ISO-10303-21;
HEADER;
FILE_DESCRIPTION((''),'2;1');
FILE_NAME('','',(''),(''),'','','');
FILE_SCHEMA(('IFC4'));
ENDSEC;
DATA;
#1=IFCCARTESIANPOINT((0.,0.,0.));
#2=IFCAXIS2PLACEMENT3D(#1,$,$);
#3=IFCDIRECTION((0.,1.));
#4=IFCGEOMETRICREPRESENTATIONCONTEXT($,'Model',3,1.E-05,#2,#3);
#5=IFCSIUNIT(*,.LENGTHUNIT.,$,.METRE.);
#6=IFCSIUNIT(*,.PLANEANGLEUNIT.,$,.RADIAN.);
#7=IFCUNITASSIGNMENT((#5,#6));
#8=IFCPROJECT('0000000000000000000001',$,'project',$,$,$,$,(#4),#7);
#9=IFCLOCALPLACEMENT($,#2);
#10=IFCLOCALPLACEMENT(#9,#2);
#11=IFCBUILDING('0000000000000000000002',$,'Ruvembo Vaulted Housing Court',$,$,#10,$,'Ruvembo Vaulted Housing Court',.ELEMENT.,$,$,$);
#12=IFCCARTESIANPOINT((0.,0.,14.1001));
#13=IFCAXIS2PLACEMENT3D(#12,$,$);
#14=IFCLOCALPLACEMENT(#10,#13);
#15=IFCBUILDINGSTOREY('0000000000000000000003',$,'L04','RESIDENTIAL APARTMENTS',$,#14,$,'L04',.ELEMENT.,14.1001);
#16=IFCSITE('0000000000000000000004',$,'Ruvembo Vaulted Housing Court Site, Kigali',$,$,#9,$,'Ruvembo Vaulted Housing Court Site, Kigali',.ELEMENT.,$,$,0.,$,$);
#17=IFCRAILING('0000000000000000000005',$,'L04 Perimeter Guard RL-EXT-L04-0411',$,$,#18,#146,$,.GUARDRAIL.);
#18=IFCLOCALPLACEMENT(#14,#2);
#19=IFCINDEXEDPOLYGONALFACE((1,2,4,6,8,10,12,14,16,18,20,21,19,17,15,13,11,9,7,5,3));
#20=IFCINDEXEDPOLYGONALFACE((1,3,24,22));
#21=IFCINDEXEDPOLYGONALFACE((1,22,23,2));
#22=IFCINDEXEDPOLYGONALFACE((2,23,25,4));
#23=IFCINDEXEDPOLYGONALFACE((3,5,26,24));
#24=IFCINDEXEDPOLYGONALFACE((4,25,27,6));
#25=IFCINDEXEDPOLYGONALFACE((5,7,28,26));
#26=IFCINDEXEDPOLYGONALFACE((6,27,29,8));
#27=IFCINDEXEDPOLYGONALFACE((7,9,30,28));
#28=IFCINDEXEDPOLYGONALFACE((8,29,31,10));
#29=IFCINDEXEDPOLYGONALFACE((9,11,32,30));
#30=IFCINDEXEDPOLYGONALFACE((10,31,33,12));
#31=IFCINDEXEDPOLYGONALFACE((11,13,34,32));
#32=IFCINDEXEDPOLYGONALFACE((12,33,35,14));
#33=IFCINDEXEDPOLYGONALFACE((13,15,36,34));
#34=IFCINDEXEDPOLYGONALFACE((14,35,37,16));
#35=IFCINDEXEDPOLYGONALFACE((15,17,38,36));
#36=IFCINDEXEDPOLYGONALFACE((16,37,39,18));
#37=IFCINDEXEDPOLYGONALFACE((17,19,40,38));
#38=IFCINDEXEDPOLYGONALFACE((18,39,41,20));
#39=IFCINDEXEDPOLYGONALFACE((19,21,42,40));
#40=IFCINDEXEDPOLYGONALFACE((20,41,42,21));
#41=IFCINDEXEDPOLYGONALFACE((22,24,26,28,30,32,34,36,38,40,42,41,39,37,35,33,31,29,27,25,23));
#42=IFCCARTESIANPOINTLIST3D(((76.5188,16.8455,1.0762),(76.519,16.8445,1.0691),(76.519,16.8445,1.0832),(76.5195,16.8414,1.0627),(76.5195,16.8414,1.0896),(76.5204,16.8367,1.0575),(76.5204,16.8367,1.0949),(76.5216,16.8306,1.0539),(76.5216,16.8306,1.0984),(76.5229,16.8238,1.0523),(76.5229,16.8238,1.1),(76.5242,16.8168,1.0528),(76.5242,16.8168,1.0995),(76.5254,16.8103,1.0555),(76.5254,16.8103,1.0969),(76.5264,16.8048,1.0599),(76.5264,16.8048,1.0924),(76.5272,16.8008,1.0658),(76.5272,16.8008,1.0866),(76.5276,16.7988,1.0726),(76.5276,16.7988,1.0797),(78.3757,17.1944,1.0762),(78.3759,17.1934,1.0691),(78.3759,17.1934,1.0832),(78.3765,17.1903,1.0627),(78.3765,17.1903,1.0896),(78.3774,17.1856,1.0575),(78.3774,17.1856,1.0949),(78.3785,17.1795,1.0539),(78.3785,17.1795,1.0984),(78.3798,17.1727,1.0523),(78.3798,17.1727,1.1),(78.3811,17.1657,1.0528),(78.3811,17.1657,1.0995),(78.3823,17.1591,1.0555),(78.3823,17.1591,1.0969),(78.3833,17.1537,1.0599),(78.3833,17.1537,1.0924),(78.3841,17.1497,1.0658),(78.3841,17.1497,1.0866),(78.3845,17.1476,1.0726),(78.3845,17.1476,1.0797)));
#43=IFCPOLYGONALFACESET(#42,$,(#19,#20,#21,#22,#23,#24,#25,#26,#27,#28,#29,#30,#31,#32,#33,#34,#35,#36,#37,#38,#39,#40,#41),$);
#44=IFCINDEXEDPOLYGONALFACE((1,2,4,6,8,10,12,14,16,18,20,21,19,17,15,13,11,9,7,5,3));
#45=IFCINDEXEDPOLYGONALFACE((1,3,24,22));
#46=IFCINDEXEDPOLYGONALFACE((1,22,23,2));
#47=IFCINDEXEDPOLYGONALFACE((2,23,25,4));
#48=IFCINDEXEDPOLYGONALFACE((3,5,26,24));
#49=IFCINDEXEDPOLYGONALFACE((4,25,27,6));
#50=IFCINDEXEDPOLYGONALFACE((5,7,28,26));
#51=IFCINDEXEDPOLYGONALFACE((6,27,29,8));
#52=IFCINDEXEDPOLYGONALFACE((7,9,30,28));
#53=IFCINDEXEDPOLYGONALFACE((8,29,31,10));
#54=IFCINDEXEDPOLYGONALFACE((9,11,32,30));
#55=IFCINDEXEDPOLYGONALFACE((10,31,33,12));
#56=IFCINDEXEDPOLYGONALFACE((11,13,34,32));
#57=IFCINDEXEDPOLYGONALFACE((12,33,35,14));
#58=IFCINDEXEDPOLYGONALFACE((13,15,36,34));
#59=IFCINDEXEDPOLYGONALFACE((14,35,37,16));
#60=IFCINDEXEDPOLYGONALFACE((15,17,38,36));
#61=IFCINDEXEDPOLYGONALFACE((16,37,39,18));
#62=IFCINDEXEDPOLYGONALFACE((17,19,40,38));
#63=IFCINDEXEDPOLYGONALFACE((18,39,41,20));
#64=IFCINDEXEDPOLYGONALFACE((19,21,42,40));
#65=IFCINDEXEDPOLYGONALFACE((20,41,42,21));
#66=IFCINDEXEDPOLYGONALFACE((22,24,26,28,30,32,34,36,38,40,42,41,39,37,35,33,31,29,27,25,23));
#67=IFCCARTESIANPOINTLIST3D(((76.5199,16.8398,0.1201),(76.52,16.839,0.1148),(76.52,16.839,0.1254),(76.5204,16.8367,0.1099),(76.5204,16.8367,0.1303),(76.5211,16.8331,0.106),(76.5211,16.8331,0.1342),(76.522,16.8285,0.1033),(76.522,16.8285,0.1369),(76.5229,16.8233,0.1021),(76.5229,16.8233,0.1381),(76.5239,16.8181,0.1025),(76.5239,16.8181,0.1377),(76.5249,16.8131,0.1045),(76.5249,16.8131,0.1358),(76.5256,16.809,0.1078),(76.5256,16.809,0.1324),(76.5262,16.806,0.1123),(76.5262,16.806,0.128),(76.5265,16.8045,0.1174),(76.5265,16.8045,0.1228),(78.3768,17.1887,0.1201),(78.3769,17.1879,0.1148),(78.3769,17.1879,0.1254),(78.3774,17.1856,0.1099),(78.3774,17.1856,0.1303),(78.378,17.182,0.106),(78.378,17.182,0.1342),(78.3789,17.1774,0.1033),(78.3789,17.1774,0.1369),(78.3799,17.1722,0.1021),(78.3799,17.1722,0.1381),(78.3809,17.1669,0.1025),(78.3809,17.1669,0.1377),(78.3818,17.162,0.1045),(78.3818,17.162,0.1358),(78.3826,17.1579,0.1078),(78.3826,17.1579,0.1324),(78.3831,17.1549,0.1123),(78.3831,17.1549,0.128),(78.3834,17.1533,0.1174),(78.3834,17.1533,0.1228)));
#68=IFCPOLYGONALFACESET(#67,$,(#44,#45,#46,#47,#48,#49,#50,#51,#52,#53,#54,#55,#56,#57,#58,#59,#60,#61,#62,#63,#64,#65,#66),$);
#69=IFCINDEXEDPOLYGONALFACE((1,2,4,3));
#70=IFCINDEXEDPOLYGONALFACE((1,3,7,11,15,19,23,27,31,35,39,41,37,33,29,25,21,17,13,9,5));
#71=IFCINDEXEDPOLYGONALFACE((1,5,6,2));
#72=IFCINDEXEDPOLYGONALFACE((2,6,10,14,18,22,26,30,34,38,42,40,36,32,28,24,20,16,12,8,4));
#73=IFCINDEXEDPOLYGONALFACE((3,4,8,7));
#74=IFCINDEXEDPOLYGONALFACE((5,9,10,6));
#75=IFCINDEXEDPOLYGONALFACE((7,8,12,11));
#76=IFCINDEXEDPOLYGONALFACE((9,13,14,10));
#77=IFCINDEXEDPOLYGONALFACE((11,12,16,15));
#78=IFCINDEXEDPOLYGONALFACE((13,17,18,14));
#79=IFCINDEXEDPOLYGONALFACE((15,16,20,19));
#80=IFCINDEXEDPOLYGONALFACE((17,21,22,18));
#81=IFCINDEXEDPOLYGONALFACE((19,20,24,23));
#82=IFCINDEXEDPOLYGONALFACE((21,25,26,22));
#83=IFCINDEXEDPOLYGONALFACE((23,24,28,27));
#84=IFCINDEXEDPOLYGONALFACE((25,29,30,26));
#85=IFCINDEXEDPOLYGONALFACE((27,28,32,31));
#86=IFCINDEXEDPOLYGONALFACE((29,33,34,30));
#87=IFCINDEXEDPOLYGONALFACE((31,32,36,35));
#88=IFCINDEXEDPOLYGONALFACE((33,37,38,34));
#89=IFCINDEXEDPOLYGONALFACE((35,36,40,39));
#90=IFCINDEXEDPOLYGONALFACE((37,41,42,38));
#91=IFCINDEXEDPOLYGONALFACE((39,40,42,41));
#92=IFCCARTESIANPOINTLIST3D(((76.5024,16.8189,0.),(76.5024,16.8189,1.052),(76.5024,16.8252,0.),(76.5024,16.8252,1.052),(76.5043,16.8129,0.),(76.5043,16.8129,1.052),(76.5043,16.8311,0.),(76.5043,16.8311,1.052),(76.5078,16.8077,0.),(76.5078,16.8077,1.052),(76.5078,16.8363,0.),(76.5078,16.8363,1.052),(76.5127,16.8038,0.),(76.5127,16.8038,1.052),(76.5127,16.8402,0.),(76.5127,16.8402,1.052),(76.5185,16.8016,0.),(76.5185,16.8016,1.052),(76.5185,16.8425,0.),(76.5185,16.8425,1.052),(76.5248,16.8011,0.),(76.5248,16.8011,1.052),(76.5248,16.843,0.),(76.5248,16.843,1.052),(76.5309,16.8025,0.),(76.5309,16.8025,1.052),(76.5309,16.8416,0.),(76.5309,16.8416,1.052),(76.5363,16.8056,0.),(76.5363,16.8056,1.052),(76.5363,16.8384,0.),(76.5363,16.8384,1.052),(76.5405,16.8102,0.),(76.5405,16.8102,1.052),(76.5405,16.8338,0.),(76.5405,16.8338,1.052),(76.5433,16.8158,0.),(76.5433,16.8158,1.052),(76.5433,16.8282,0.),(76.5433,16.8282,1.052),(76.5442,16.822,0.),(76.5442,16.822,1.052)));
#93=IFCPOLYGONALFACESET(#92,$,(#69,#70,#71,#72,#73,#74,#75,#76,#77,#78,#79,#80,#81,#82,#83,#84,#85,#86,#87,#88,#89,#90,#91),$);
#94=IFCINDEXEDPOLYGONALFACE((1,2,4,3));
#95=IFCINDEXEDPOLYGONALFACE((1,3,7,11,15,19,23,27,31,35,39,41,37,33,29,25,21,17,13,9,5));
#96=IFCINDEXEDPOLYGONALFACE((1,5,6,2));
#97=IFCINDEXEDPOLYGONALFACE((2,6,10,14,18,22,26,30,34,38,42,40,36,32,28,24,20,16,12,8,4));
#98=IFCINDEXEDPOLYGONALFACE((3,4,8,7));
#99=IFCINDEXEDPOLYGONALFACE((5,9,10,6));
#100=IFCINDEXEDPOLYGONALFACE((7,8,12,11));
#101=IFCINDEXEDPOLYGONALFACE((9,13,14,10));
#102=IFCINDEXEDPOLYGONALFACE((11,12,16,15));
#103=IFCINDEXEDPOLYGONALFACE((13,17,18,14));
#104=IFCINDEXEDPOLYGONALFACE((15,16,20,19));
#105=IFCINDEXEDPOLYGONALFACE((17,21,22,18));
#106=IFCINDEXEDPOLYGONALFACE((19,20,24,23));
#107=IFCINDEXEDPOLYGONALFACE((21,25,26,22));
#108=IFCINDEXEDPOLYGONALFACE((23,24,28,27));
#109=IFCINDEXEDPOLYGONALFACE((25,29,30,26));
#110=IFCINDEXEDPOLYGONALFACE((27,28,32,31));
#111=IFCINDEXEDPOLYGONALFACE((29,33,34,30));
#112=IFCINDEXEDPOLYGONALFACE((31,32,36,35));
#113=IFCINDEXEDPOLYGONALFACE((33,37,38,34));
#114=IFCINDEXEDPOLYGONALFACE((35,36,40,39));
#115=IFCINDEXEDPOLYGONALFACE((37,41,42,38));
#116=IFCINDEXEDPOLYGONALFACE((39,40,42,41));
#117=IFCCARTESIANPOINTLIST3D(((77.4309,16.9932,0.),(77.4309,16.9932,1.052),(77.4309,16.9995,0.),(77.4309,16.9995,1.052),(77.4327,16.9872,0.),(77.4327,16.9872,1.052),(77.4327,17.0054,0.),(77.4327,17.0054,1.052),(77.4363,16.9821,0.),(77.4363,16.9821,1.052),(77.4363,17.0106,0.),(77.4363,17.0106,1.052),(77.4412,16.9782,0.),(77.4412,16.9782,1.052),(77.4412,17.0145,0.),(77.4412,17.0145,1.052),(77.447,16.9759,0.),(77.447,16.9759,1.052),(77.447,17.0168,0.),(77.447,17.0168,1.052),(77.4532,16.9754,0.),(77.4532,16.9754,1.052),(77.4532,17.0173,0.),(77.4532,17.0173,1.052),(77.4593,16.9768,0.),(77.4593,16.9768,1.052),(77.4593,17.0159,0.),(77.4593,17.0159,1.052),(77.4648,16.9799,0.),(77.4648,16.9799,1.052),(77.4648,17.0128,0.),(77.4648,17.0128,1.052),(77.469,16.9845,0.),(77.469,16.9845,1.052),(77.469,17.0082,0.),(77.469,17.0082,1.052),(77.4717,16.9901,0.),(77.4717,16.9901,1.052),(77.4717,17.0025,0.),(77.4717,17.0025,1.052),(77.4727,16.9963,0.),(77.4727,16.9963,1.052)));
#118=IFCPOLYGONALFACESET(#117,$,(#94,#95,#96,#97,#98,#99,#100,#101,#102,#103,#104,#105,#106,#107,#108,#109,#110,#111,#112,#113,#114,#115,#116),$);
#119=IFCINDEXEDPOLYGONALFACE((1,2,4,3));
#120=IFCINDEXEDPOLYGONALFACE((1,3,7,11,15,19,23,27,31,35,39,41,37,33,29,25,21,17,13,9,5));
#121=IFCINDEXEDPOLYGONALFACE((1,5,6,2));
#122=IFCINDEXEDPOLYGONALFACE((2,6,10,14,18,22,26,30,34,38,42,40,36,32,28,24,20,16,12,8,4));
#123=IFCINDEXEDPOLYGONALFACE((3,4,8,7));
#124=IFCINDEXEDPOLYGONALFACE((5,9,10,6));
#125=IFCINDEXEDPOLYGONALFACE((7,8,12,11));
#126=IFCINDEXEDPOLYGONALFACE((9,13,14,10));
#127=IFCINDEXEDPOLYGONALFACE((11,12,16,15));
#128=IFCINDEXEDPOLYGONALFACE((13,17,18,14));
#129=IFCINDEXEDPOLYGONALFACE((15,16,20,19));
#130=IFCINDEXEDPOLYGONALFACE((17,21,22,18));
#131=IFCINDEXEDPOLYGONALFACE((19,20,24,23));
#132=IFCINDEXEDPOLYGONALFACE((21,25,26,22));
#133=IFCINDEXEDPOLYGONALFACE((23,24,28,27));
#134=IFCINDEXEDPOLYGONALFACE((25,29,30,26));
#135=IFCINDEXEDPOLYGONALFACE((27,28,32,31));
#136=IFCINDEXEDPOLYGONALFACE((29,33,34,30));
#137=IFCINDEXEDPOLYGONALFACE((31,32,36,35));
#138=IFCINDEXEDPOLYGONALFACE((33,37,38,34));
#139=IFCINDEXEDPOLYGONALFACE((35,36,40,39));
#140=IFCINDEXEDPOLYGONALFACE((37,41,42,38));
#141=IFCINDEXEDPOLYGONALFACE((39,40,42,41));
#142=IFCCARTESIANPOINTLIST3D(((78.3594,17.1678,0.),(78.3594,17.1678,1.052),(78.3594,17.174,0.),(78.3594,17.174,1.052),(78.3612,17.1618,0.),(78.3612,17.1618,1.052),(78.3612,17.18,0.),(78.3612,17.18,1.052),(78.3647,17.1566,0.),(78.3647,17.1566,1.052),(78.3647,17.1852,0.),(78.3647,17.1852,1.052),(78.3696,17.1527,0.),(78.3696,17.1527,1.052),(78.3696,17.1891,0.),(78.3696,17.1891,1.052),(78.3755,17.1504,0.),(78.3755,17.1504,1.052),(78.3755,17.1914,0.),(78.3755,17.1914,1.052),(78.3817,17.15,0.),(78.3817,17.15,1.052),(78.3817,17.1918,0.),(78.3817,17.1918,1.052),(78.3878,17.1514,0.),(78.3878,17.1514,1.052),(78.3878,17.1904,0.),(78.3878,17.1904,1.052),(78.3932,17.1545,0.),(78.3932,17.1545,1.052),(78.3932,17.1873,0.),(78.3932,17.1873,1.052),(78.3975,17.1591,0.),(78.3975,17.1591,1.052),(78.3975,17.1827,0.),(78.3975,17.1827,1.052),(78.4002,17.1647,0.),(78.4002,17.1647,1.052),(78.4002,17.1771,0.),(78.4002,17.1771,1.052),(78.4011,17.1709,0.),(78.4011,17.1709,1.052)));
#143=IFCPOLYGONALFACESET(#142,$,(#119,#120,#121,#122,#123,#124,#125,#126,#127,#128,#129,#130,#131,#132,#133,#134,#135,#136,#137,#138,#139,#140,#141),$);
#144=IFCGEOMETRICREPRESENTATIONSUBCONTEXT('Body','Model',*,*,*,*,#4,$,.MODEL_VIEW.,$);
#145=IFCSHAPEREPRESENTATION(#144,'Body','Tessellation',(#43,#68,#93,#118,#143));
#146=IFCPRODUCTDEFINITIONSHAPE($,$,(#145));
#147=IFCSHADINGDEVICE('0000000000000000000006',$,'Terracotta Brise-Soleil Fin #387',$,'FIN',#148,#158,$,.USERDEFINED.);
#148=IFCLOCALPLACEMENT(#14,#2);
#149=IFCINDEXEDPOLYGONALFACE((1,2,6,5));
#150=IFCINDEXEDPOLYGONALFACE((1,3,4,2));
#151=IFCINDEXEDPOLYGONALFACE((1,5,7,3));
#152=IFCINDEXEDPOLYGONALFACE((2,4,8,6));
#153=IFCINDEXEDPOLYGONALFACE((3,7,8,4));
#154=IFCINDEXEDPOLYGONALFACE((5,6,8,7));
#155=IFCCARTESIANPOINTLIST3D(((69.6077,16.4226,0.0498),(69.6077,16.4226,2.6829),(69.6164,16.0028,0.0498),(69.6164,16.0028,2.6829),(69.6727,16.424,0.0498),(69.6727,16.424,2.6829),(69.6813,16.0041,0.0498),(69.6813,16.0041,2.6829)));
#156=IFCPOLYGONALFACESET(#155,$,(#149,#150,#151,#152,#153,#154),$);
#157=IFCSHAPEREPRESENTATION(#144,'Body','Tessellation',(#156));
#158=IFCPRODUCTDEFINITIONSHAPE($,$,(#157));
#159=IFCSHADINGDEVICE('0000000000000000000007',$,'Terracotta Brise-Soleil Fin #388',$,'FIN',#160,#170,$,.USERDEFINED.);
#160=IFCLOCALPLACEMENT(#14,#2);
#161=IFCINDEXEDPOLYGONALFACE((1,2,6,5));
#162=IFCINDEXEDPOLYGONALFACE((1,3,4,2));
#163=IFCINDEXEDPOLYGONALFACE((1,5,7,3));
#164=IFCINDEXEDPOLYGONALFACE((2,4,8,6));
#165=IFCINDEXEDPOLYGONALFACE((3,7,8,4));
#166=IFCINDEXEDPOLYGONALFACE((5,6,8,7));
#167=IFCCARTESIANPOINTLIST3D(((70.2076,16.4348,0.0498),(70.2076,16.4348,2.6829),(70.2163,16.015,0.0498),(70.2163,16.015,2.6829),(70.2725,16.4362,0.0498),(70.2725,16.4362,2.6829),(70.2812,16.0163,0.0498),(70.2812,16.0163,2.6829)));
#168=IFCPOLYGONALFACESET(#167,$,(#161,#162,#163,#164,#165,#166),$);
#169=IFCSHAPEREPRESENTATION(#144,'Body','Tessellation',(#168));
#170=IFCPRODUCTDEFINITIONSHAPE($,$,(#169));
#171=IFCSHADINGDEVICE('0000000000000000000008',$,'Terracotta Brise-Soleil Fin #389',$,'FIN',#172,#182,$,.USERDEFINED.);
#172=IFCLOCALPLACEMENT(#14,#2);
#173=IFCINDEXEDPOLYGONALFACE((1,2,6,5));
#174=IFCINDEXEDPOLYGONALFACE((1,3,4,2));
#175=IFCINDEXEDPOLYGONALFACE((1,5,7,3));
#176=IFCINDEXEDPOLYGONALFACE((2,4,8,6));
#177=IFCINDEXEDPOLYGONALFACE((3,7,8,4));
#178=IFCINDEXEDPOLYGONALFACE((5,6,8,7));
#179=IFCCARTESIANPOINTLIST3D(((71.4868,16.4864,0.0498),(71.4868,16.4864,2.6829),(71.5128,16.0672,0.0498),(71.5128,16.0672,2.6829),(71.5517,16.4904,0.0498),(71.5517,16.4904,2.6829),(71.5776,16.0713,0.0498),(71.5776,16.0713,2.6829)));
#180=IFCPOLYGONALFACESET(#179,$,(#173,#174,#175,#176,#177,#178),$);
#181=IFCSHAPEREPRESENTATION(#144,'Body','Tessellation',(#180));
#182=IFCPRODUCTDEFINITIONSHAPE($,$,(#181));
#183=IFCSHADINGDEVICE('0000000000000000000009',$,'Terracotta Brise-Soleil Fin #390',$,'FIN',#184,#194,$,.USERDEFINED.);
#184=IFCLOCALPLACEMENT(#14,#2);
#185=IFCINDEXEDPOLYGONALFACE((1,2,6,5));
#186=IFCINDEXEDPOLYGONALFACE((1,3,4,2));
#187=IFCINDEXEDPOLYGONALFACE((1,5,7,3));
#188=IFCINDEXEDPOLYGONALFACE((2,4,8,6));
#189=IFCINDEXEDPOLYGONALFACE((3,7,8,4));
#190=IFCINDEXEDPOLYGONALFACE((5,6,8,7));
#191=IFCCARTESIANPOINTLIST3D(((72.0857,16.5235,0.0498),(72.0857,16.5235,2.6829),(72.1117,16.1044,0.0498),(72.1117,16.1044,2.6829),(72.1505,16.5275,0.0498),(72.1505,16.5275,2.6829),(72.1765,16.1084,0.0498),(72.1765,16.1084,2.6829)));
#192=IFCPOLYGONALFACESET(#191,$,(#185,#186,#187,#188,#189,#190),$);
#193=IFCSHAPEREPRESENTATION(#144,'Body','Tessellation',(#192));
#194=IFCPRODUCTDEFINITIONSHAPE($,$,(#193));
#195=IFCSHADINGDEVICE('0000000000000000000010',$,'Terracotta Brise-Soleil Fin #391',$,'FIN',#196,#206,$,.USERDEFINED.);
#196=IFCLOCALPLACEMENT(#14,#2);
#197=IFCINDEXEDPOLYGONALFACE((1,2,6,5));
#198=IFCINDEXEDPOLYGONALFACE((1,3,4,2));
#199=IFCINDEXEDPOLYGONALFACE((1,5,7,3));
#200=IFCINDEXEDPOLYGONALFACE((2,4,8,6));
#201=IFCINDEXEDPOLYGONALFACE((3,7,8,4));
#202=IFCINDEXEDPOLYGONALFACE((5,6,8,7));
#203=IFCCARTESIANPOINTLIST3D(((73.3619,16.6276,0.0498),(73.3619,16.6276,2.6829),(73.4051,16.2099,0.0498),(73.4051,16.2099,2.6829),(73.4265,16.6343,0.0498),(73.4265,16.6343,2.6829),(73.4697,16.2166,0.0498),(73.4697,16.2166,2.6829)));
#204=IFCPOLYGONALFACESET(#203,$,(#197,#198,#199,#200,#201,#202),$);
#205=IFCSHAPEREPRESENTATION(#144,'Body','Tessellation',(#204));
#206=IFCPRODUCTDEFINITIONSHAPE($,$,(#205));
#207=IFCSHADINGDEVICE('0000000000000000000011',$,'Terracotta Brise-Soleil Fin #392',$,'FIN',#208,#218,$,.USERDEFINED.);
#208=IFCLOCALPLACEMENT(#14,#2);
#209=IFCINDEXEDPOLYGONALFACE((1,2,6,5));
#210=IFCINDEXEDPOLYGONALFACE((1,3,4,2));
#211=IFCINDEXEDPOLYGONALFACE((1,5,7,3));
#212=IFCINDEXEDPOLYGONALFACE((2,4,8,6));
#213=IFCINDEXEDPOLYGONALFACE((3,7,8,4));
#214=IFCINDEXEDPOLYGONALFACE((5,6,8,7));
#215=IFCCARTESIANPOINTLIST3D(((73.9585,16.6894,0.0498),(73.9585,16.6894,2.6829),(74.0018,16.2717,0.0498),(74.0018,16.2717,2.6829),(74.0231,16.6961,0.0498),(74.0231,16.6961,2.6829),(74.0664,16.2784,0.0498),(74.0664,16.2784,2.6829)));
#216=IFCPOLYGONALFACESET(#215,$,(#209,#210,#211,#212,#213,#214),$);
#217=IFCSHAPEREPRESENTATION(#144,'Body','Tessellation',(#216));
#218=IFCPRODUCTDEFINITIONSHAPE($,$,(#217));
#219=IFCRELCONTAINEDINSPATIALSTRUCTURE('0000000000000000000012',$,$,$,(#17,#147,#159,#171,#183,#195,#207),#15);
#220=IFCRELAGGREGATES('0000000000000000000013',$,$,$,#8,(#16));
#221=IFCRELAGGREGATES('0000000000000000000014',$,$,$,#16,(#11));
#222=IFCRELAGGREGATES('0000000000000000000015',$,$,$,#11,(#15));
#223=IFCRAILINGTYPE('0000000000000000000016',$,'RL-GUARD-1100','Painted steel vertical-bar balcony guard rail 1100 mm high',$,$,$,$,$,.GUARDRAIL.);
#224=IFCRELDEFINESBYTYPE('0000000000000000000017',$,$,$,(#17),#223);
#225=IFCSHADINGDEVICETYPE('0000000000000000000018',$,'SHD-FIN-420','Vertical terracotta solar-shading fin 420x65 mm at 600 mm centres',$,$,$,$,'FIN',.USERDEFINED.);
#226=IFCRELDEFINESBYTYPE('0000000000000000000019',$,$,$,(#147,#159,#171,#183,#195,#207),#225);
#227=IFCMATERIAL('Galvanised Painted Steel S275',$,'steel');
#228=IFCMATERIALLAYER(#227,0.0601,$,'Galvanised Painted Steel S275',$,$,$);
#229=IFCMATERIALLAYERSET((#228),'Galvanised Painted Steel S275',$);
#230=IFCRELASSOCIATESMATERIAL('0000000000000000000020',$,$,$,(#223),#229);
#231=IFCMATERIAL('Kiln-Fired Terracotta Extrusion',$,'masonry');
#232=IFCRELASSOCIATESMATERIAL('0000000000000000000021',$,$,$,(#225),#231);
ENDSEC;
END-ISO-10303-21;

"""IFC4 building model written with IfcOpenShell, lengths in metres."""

from ifc_helpers import new_model, si_unit, direction, frame, origin, origin_2d, place, context, subcontext, project, spatial, rectangle, circle, extrude, material, layer, layer_set, type_object, element, save


model = new_model("IFC4")

# Units and contexts
model_context = context("Model", 3, precision=1e-05, world=origin(), true_north=direction((0.0, 1.0)))
body_context = subcontext(model_context, "Body", "Model", "MODEL_VIEW")
ifc_project = project(units=[si_unit("LENGTHUNIT", "METRE"), si_unit("PLANEANGLEUNIT", "RADIAN")], contexts=[model_context])

# Site, building, storey
site_placement = place(None, origin())
site = spatial("IfcSite", under=ifc_project, at=site_placement, Name="Ruvembo Vaulted Housing Court Site, Kigali", LongName="Ruvembo Vaulted Housing Court Site, Kigali", CompositionType="ELEMENT", RefElevation=0.0)
building_placement = place(site_placement, origin())
building = spatial("IfcBuilding", under=site, at=building_placement, Name="Ruvembo Vaulted Housing Court", LongName="Ruvembo Vaulted Housing Court", CompositionType="ELEMENT")
storey_placement = place(building_placement, frame((0.0, 0.0, 14.1001)))
storey = spatial("IfcBuildingStorey", under=building, at=storey_placement, Name="L04", Description="RESIDENTIAL APARTMENTS", LongName="L04", CompositionType="ELEMENT", Elevation=14.1001)

# Railing
ifc_material_1 = material(Name="Galvanised Painted Steel S275", Category="steel")
ifc_layer = layer(ifc_material_1, 0.0601, Name="Galvanised Painted Steel S275")
ifc_layer_set = layer_set([ifc_layer], Name="Galvanised Painted Steel S275")
railing_type = type_object("IfcRailingType", Name="RL-GUARD-1100", Description="Painted steel vertical-bar balcony guard rail 1100 mm high", PredefinedType="GUARDRAIL", material=ifc_layer_set)
railing_1_placement = place(storey_placement, frame((76.5232, 16.822, 0.0)))
element("IfcRailing", 1, at=railing_1_placement, inside=storey, type_object=railing_type, Name="L04 Perimeter Guard RL-EXT-L04-0411", PredefinedType="GUARDRAIL", context=body_context, shape_type="SweptSolid", body=[
    extrude(circle(Radius=0.0239, at=origin_2d()), frame((0.0, 0.0, 1.0762), z_axis=(0.982805, 0.184647, 0.0), x_axis=(-0.184647, 0.982805, 0.0)), (0.0, 0.0, 1.0), 1.8894),
    extrude(circle(Radius=0.0181, at=origin_2d()), frame((0.0, 0.0, 0.1201), z_axis=(0.982805, 0.184647, 0.0), x_axis=(-0.184647, 0.982805, 0.0)), (0.0, 0.0, 1.0), 1.8894),
    extrude(circle(Radius=0.021, at=origin_2d()), origin(), (0.0, 0.0, 1.0), 1.052),
    extrude(circle(Radius=0.021, at=origin_2d()), frame((0.9285, 0.1743, 0.0)), (0.0, 0.0, 1.0), 1.052),
    extrude(circle(Radius=0.021, at=origin_2d()), frame((1.8569, 0.3489, 0.0)), (0.0, 0.0, 1.0), 1.052),
])

# Shading devices
ifc_material_2 = material(Name="Kiln-Fired Terracotta Extrusion", Category="masonry")
shading_device_type = type_object("IfcShadingDeviceType", Name="SHD-FIN-420", Description="Vertical terracotta solar-shading fin 420x65 mm at 600 mm centres", ElementType="FIN", PredefinedType="USERDEFINED", material=ifc_material_2)
for number, where, z_axis, x_axis, name in (
    (2, (69.6445, 16.2134, 0.0498), (0.0, 0.0, 1.0), (0.020646, -0.999787, 0.0), "Terracotta Brise-Soleil Fin #387"),
    (3, (70.2444, 16.2256, 0.0498), (0.0, 0.0, 1.0), (0.020646, -0.999787, 0.0), "Terracotta Brise-Soleil Fin #388"),
    (4, (71.5322, 16.2788, 0.0498), (0.0, 0.0, 1.0), (0.061832, -0.998087, 0.0), "Terracotta Brise-Soleil Fin #389"),
    (5, (72.1311, 16.3159, 0.0498), (0.0, 0.0, 1.0), (0.061832, -0.998087, 0.0), "Terracotta Brise-Soleil Fin #390"),
    (6, (73.4158, 16.4221, 0.0498), (0.0, 0.0, 1.0), (0.102949, -0.994687, 0.0), "Terracotta Brise-Soleil Fin #391"),
    (7, (74.0125, 16.4839, 0.0498), (0.0, 0.0, 1.0), (0.102949, -0.994687, 0.0), "Terracotta Brise-Soleil Fin #392"),
):
    element("IfcShadingDevice", number, at=place(storey_placement, frame(where, z_axis=z_axis, x_axis=x_axis)), inside=storey, type_object=shading_device_type, Name=name, ObjectType="FIN", PredefinedType="USERDEFINED", context=body_context, shape_type="SweptSolid", body=[
        extrude(rectangle(XDim=0.4199, YDim=0.0649, at=origin_2d()), origin(), (0.0, 0.0, 1.0), 2.6331),
    ])

save(model, "model.ifc")
